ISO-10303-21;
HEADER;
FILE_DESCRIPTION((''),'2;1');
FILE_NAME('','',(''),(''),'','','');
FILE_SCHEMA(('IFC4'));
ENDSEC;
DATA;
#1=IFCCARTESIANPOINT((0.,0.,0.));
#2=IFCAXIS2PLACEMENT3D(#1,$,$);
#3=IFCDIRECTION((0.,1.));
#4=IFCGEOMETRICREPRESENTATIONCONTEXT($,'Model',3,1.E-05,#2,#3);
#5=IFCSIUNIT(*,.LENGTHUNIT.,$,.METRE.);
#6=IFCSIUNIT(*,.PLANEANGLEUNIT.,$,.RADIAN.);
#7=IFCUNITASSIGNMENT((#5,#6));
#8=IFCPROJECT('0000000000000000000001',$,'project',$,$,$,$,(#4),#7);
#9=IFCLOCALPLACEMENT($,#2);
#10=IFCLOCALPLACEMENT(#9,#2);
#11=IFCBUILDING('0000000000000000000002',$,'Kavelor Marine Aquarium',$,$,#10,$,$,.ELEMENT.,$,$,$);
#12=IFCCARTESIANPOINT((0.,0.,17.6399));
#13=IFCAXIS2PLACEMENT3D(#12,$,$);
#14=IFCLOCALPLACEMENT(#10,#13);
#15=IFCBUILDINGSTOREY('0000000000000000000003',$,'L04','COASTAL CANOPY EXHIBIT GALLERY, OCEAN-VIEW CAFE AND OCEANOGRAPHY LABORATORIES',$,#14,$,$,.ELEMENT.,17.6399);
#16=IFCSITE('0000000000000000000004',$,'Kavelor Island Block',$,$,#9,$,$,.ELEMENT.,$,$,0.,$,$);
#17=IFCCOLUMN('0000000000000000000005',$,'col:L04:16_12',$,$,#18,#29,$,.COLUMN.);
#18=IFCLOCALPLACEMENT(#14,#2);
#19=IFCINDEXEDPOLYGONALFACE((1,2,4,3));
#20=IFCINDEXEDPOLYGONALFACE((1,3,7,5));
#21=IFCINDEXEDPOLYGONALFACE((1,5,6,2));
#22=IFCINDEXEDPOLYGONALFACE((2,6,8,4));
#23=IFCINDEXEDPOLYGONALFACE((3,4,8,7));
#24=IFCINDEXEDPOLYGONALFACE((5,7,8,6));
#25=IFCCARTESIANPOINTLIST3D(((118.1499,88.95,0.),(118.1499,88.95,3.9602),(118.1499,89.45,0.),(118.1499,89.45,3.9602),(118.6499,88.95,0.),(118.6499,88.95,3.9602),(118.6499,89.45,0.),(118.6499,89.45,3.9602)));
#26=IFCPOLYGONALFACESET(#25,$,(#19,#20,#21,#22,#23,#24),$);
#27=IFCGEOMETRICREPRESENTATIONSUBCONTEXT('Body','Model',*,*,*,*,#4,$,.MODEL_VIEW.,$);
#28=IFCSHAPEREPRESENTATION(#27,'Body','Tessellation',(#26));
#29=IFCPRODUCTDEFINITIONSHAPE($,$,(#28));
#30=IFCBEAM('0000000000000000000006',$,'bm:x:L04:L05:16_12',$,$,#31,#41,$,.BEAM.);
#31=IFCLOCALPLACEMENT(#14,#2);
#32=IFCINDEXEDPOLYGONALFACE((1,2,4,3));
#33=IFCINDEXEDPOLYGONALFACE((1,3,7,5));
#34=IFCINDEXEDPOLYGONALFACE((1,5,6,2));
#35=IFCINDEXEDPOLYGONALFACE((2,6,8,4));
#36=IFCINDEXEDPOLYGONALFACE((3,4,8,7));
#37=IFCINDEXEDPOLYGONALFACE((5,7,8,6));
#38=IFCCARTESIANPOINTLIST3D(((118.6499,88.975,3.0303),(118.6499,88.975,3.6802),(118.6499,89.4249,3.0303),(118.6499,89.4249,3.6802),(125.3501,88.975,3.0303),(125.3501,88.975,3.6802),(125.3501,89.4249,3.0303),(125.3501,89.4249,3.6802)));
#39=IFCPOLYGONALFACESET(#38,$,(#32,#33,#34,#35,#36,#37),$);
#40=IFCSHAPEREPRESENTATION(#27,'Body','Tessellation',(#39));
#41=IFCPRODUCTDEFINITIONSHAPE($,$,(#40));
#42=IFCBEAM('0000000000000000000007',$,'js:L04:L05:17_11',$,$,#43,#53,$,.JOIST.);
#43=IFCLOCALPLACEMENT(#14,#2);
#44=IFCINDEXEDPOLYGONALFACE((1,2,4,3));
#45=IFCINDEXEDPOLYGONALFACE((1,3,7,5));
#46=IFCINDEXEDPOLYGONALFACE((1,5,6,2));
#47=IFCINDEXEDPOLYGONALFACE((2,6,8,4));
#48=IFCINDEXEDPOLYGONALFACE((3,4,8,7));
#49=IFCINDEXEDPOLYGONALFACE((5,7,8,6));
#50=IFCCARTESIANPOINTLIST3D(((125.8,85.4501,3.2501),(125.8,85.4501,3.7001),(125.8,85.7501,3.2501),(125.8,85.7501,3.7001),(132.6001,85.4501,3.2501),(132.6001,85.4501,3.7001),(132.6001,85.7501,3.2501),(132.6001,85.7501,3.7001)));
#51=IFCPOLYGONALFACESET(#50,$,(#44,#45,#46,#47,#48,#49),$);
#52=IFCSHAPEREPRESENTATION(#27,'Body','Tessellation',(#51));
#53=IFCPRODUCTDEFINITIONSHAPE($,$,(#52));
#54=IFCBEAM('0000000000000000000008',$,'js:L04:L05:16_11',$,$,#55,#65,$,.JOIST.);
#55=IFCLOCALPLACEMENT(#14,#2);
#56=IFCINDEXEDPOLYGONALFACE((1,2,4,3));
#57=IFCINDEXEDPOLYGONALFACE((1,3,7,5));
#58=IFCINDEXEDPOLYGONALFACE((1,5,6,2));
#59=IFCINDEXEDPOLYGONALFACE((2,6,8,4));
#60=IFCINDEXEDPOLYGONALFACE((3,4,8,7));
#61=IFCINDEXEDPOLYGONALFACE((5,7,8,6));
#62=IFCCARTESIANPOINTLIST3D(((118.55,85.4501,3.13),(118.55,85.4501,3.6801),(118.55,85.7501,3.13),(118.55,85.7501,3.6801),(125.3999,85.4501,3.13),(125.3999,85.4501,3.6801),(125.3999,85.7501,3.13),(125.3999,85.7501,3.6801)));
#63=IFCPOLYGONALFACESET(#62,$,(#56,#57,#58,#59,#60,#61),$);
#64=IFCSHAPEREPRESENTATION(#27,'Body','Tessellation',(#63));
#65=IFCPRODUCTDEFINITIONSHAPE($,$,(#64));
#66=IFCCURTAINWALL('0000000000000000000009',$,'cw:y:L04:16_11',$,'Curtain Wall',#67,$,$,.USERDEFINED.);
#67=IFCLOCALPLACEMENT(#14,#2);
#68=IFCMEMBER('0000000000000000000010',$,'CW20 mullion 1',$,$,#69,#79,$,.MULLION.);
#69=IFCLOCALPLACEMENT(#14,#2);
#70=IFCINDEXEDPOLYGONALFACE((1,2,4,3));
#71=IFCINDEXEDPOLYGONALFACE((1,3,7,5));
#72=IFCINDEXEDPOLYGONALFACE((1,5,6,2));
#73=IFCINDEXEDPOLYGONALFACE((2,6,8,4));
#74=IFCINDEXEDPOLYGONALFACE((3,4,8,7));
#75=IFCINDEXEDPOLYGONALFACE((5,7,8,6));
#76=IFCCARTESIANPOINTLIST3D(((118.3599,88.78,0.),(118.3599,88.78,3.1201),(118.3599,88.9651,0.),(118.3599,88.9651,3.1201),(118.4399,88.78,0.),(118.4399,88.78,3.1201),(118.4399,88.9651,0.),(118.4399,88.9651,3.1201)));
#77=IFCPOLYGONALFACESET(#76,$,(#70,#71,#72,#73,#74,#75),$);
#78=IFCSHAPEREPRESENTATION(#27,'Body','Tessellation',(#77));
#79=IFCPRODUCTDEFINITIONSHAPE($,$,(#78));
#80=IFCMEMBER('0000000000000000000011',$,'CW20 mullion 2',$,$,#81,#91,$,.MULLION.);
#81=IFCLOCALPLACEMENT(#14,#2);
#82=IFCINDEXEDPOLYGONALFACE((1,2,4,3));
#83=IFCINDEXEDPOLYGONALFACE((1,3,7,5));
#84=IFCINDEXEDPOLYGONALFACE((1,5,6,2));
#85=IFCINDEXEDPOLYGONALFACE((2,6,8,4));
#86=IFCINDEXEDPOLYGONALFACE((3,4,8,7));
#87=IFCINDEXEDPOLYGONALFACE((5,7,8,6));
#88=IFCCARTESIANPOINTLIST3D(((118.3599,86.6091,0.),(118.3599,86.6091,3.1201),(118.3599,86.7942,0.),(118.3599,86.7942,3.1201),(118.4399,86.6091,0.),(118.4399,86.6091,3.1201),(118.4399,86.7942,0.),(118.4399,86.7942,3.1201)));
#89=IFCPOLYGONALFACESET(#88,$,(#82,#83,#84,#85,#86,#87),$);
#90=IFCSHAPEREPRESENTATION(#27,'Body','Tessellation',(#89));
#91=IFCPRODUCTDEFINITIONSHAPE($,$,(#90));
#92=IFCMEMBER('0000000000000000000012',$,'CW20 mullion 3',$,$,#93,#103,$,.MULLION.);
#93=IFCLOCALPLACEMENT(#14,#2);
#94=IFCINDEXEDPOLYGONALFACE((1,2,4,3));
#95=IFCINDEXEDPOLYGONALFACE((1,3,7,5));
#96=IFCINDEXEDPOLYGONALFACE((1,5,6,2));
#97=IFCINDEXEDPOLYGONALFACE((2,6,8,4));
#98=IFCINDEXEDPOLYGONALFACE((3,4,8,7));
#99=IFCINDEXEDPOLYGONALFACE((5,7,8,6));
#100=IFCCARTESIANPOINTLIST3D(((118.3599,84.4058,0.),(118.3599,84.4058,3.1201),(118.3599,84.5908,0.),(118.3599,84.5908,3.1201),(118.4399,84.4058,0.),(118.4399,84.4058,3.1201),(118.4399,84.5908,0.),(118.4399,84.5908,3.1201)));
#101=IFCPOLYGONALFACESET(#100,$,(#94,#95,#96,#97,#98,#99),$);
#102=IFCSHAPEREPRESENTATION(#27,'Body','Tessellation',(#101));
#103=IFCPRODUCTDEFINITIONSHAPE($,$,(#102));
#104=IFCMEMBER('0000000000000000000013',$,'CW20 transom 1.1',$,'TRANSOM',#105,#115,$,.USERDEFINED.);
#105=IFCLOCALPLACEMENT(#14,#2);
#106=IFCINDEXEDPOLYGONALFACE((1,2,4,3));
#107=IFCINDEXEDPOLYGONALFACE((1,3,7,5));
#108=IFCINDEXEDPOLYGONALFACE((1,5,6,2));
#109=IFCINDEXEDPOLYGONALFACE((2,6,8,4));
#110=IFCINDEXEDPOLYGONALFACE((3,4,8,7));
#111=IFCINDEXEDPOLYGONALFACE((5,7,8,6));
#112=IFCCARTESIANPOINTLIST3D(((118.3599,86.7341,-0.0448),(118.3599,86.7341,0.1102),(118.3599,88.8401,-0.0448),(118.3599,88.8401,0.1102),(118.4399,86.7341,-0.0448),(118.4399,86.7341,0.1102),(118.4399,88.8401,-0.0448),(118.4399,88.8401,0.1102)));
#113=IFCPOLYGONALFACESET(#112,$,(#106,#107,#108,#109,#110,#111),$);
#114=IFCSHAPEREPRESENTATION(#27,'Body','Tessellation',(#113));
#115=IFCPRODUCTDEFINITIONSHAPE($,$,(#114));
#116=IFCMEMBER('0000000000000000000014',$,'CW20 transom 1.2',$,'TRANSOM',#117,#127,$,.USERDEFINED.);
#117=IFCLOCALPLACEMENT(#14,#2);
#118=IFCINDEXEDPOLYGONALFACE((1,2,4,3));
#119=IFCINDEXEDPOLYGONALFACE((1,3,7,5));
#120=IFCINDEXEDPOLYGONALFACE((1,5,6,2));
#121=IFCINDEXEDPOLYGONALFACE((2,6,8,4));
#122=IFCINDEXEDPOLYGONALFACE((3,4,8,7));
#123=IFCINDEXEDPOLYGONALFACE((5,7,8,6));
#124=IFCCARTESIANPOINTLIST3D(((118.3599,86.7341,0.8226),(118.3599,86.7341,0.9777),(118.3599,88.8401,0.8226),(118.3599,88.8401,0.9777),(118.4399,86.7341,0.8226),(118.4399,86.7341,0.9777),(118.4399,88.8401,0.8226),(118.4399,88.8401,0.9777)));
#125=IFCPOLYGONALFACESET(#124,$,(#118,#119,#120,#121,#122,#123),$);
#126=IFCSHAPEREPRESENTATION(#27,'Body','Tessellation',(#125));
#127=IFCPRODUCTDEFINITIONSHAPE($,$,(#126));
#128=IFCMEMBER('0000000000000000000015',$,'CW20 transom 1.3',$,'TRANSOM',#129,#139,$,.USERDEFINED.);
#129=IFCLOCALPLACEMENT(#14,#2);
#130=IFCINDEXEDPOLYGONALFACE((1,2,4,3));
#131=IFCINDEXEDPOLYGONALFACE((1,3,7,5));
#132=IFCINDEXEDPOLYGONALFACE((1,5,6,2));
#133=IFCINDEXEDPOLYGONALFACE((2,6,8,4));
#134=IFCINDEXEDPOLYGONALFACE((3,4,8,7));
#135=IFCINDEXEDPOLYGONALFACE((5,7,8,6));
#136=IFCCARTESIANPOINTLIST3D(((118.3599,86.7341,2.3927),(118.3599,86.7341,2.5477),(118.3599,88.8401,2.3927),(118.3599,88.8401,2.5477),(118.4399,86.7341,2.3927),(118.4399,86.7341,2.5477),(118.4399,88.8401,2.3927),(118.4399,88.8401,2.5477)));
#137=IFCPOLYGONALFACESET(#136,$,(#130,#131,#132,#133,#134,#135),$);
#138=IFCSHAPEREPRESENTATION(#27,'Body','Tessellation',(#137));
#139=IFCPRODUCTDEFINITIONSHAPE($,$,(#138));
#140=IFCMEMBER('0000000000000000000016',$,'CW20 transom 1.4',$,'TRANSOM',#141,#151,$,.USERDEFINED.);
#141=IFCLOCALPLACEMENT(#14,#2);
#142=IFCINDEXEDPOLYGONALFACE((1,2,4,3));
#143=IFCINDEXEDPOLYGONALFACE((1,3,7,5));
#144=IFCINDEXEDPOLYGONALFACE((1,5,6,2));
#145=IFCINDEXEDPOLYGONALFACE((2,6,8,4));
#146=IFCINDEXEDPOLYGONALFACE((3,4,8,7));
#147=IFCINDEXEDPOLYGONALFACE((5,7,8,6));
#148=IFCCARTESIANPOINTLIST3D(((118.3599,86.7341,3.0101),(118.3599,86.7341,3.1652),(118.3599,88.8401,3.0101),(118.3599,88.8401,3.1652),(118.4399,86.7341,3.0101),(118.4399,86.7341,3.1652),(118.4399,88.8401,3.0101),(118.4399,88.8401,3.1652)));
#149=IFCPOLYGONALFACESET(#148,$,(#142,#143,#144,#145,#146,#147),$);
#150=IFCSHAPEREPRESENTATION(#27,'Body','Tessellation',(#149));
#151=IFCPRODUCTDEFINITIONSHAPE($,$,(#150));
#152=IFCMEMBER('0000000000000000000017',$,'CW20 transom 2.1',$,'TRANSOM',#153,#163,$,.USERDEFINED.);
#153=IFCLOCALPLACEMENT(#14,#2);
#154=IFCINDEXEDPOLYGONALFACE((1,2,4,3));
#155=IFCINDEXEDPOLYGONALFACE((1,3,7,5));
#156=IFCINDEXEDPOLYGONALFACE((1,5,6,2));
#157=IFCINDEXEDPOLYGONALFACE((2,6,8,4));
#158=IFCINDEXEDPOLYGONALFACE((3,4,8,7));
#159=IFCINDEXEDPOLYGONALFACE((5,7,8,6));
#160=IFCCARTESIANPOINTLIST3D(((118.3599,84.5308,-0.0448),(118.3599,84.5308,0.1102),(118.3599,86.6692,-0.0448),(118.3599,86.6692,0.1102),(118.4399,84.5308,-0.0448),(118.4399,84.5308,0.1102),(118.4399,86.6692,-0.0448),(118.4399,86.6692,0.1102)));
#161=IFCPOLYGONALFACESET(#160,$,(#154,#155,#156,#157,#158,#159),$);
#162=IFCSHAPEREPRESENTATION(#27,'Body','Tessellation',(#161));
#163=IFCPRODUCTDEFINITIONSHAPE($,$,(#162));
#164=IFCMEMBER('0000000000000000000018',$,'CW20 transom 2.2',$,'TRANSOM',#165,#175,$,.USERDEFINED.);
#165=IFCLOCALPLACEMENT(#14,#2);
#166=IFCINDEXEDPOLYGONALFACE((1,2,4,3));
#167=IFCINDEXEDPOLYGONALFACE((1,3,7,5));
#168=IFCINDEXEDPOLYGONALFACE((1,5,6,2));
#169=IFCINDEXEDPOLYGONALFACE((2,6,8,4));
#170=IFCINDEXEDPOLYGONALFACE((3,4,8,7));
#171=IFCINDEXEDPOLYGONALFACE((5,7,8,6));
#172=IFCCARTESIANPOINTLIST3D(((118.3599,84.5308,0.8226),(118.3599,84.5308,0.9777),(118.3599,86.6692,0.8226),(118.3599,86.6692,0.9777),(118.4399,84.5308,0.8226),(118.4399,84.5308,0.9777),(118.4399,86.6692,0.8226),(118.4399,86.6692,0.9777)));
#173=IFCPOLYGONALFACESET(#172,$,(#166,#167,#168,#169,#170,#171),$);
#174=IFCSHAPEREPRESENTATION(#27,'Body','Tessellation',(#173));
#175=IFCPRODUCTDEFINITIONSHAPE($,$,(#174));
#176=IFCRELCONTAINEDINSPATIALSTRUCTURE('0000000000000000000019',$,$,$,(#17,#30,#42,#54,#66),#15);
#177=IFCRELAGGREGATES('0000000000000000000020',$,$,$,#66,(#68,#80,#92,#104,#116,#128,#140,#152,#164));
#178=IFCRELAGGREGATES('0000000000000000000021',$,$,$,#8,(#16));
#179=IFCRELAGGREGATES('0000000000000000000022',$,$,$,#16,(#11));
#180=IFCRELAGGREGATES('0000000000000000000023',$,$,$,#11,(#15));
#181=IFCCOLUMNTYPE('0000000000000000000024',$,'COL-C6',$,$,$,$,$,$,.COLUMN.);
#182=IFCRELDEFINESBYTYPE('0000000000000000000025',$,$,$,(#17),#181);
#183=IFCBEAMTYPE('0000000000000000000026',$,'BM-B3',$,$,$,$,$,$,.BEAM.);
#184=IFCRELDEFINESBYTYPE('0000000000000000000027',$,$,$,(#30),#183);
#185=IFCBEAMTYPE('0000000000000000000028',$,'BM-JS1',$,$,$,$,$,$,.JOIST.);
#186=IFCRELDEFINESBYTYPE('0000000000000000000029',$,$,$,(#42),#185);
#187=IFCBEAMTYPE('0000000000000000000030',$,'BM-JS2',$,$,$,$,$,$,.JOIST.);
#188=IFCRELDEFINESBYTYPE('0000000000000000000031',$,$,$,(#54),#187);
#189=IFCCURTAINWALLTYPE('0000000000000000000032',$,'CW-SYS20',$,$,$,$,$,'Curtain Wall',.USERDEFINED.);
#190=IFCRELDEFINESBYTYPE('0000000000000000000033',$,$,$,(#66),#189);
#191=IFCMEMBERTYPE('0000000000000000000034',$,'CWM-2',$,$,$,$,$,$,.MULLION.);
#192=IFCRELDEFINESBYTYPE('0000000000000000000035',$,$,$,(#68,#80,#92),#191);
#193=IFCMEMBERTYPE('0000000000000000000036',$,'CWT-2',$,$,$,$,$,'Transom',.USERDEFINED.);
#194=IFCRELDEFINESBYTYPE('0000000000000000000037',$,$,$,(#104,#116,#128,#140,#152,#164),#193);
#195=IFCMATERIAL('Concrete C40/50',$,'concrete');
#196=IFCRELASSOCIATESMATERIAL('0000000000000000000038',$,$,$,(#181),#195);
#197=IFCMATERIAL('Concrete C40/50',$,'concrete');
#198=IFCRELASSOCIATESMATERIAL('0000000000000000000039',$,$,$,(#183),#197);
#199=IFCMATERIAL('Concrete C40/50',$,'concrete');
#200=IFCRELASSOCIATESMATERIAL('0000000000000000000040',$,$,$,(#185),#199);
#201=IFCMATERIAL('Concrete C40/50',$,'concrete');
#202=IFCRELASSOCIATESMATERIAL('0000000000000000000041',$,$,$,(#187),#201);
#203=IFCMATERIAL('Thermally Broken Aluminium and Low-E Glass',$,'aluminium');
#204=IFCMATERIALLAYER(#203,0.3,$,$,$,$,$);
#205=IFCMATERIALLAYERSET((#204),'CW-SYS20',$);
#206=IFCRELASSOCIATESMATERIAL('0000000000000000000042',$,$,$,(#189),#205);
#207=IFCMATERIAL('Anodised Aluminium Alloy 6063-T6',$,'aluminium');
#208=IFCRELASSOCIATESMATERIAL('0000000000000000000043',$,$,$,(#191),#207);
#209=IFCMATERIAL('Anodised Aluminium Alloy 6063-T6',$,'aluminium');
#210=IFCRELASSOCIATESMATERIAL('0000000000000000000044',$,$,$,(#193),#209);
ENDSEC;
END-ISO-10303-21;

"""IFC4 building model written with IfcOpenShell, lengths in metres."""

from ifc_helpers import new_model, si_unit, direction, frame, origin, origin_2d, place, context, subcontext, project, spatial, rectangle, extrude, material, layer, layer_set, material_profile, profile_set, type_object, element, aggregate, save


model = new_model("IFC4")

# Units and contexts
model_context = context("Model", 3, precision=1e-05, world=origin(), true_north=direction((0.0, 1.0)))
body_context = subcontext(model_context, "Body", "Model", "MODEL_VIEW")
ifc_project = project(units=[si_unit("LENGTHUNIT", "METRE"), si_unit("PLANEANGLEUNIT", "RADIAN")], contexts=[model_context])

# Site, building, storey
site_placement = place(None, origin())
site = spatial("IfcSite", under=ifc_project, at=site_placement, Name="Kavelor Island Block", CompositionType="ELEMENT", RefElevation=0.0)
building_placement = place(site_placement, origin())
building = spatial("IfcBuilding", under=site, at=building_placement, Name="Kavelor Marine Aquarium", CompositionType="ELEMENT")
storey_placement = place(building_placement, frame((0.0, 0.0, 17.6399)))
storey = spatial("IfcBuildingStorey", under=building, at=storey_placement, Name="L04", Description="COASTAL CANOPY EXHIBIT GALLERY, OCEAN-VIEW CAFE AND OCEANOGRAPHY LABORATORIES", CompositionType="ELEMENT", Elevation=17.6399)

# Column
ifc_material_1 = material(Name="Concrete C40/50", Category="concrete")
ifc_material_profile_1 = material_profile(ifc_material_1, rectangle(XDim=0.5, YDim=0.5, at=origin_2d()), Name="RC-COL 500x500")
ifc_profile_set_1 = profile_set([ifc_material_profile_1], Name="Concrete C40/50")
column_type = type_object("IfcColumnType", Name="COL-C6", PredefinedType="COLUMN", material=ifc_profile_set_1)
column_placement = place(storey_placement, frame((118.3999, 89.2, 0.0), z_axis=(0.0, 0.0, 1.0), x_axis=(1.0, 0.0, 0.0)))
element("IfcColumn", 1, at=column_placement, inside=storey, type_object=column_type, Name="col:L04:16_12", PredefinedType="COLUMN", context=body_context, shape_type="SweptSolid", body=[
    extrude(rectangle(XDim=0.5, YDim=0.5, at=origin_2d()), origin(), (0.0, 0.0, 1.0), 3.9602),
])

# Beams
ifc_material_2 = material(Name="Concrete C40/50", Category="concrete")
ifc_material_profile_2 = material_profile(ifc_material_2, rectangle(XDim=0.45, YDim=0.6499, at=origin_2d()), Name="RC-BM 450x650")
ifc_profile_set_2 = profile_set([ifc_material_profile_2], Name="Concrete C40/50")
beam_type_1 = type_object("IfcBeamType", Name="BM-B3", PredefinedType="BEAM", material=ifc_profile_set_2)
beam_1_placement = place(storey_placement, frame((118.6499, 89.2, 3.3552), z_axis=(1.0, 0.0, 0.0), x_axis=(0.0, 1.0, 0.0)))
element("IfcBeam", 2, at=beam_1_placement, inside=storey, type_object=beam_type_1, Name="bm:x:L04:L05:16_12", PredefinedType="BEAM", context=body_context, shape_type="SweptSolid", body=[
    extrude(rectangle(XDim=0.45, YDim=0.6499, at=origin_2d()), origin(), (0.0, 0.0, 1.0), 6.7002),
])
ifc_material_3 = material(Name="Concrete C40/50", Category="concrete")
ifc_material_profile_3 = material_profile(ifc_material_3, rectangle(XDim=0.3, YDim=0.45, at=origin_2d()), Name="RC-JS 300x450")
ifc_profile_set_3 = profile_set([ifc_material_profile_3], Name="Concrete C40/50")
beam_type_2 = type_object("IfcBeamType", Name="BM-JS1", PredefinedType="JOIST", material=ifc_profile_set_3)
beam_2_placement = place(storey_placement, frame((125.8, 85.6001, 3.4751), z_axis=(1.0, 0.0, 0.0), x_axis=(0.0, 1.0, 0.0)))
element("IfcBeam", 3, at=beam_2_placement, inside=storey, type_object=beam_type_2, Name="js:L04:L05:17_11", PredefinedType="JOIST", context=body_context, shape_type="SweptSolid", body=[
    extrude(rectangle(XDim=0.3, YDim=0.45, at=origin_2d()), origin(), (0.0, 0.0, 1.0), 6.8),
])
ifc_material_4 = material(Name="Concrete C40/50", Category="concrete")
ifc_material_profile_4 = material_profile(ifc_material_4, rectangle(XDim=0.3, YDim=0.55, at=origin_2d()), Name="RC-JS 300x550")
ifc_profile_set_4 = profile_set([ifc_material_profile_4], Name="Concrete C40/50")
beam_type_3 = type_object("IfcBeamType", Name="BM-JS2", PredefinedType="JOIST", material=ifc_profile_set_4)
beam_3_placement = place(storey_placement, frame((118.55, 85.6001, 3.405), z_axis=(1.0, 0.0, 0.0), x_axis=(0.0, 1.0, 0.0)))
element("IfcBeam", 4, at=beam_3_placement, inside=storey, type_object=beam_type_3, Name="js:L04:L05:16_11", PredefinedType="JOIST", context=body_context, shape_type="SweptSolid", body=[
    extrude(rectangle(XDim=0.3, YDim=0.55, at=origin_2d()), origin(), (0.0, 0.0, 1.0), 6.8499),
])

# Curtain wall, members
ifc_material_5 = material(Name="Thermally Broken Aluminium and Low-E Glass", Category="aluminium")
ifc_layer_1 = layer(ifc_material_5, 0.3)
ifc_layer_set_1 = layer_set([ifc_layer_1], Name="CW-SYS20")
curtain_wall_type = type_object("IfcCurtainWallType", Name="CW-SYS20", ElementType="Curtain Wall", PredefinedType="USERDEFINED", material=ifc_layer_set_1)
curtain_wall_placement = place(storey_placement, origin())
curtain_wall = element("IfcCurtainWall", 5, at=curtain_wall_placement, inside=storey, type_object=curtain_wall_type, Name="cw:y:L04:16_11", ObjectType="Curtain Wall", PredefinedType="USERDEFINED")
ifc_material_6 = material(Name="Anodised Aluminium Alloy 6063-T6", Category="aluminium")
ifc_material_profile_5 = material_profile(ifc_material_6, rectangle(XDim=0.0801, YDim=0.1851, at=origin_2d()), Name="CW-MUL 80x185")
ifc_profile_set_5 = profile_set([ifc_material_profile_5], Name="Anodised Aluminium Alloy 6063-T6")
member_type_1 = type_object("IfcMemberType", Name="CWM-2", PredefinedType="MULLION", material=ifc_profile_set_5)
member_1_placement = place(storey_placement, frame((118.3999, 88.8726, 0.0), z_axis=(0.0, 0.0, 1.0), x_axis=(1.0, 0.0, 0.0)))
member_1 = element("IfcMember", 6, at=member_1_placement, type_object=member_type_1, Name="CW20 mullion 1", PredefinedType="MULLION", context=body_context, shape_type="SweptSolid", body=[
    extrude(rectangle(XDim=0.0801, YDim=0.1851, at=origin_2d()), origin(), (0.0, 0.0, 1.0), 3.1201),
])
member_2_placement = place(storey_placement, frame((118.3999, 86.7017, 0.0), z_axis=(0.0, 0.0, 1.0), x_axis=(1.0, 0.0, 0.0)))
member_2 = element("IfcMember", 7, at=member_2_placement, type_object=member_type_1, Name="CW20 mullion 2", PredefinedType="MULLION", context=body_context, shape_type="SweptSolid", body=[
    extrude(rectangle(XDim=0.0801, YDim=0.1851, at=origin_2d()), origin(), (0.0, 0.0, 1.0), 3.1201),
])
member_3_placement = place(storey_placement, frame((118.3999, 84.4983, 0.0), z_axis=(0.0, 0.0, 1.0), x_axis=(1.0, 0.0, 0.0)))
member_3 = element("IfcMember", 8, at=member_3_placement, type_object=member_type_1, Name="CW20 mullion 3", PredefinedType="MULLION", context=body_context, shape_type="SweptSolid", body=[
    extrude(rectangle(XDim=0.0801, YDim=0.1851, at=origin_2d()), origin(), (0.0, 0.0, 1.0), 3.1201),
])
ifc_material_7 = material(Name="Anodised Aluminium Alloy 6063-T6", Category="aluminium")
ifc_material_profile_6 = material_profile(ifc_material_7, rectangle(XDim=0.0801, YDim=0.155, at=origin_2d()), Name="CW-TRN 80x155")
ifc_profile_set_6 = profile_set([ifc_material_profile_6], Name="Anodised Aluminium Alloy 6063-T6")
member_type_2 = type_object("IfcMemberType", Name="CWT-2", ElementType="Transom", PredefinedType="USERDEFINED", material=ifc_profile_set_6)
member_4_placement = place(storey_placement, frame((118.3999, 88.8401, 0.0327), z_axis=(0.0, -1.0, 0.0), x_axis=(1.0, 0.0, 0.0)))
member_4 = element("IfcMember", 9, at=member_4_placement, type_object=member_type_2, Name="CW20 transom 1.1", ObjectType="TRANSOM", PredefinedType="USERDEFINED", context=body_context, shape_type="SweptSolid", body=[
    extrude(rectangle(XDim=0.0801, YDim=0.155, at=origin_2d()), origin(), (0.0, 0.0, 1.0), 2.106),
])
member_5_placement = place(storey_placement, frame((118.3999, 88.8401, 0.9001), z_axis=(0.0, -1.0, 0.0), x_axis=(1.0, 0.0, 0.0)))
member_5 = element("IfcMember", 10, at=member_5_placement, type_object=member_type_2, Name="CW20 transom 1.2", ObjectType="TRANSOM", PredefinedType="USERDEFINED", context=body_context, shape_type="SweptSolid", body=[
    extrude(rectangle(XDim=0.0801, YDim=0.155, at=origin_2d()), origin(), (0.0, 0.0, 1.0), 2.106),
])
member_6_placement = place(storey_placement, frame((118.3999, 88.8401, 2.4702), z_axis=(0.0, -1.0, 0.0), x_axis=(1.0, 0.0, 0.0)))
member_6 = element("IfcMember", 11, at=member_6_placement, type_object=member_type_2, Name="CW20 transom 1.3", ObjectType="TRANSOM", PredefinedType="USERDEFINED", context=body_context, shape_type="SweptSolid", body=[
    extrude(rectangle(XDim=0.0801, YDim=0.155, at=origin_2d()), origin(), (0.0, 0.0, 1.0), 2.106),
])
member_7_placement = place(storey_placement, frame((118.3999, 88.8401, 3.0876), z_axis=(0.0, -1.0, 0.0), x_axis=(1.0, 0.0, 0.0)))
member_7 = element("IfcMember", 12, at=member_7_placement, type_object=member_type_2, Name="CW20 transom 1.4", ObjectType="TRANSOM", PredefinedType="USERDEFINED", context=body_context, shape_type="SweptSolid", body=[
    extrude(rectangle(XDim=0.0801, YDim=0.155, at=origin_2d()), origin(), (0.0, 0.0, 1.0), 2.106),
])
member_8_placement = place(storey_placement, frame((118.3999, 86.6692, 0.0327), z_axis=(0.0, -1.0, 0.0), x_axis=(1.0, 0.0, 0.0)))
member_8 = element("IfcMember", 13, at=member_8_placement, type_object=member_type_2, Name="CW20 transom 2.1", ObjectType="TRANSOM", PredefinedType="USERDEFINED", context=body_context, shape_type="SweptSolid", body=[
    extrude(rectangle(XDim=0.0801, YDim=0.155, at=origin_2d()), origin(), (0.0, 0.0, 1.0), 2.1384),
])
member_9_placement = place(storey_placement, frame((118.3999, 86.6692, 0.9001), z_axis=(0.0, -1.0, 0.0), x_axis=(1.0, 0.0, 0.0)))
member_9 = element("IfcMember", 14, at=member_9_placement, type_object=member_type_2, Name="CW20 transom 2.2", ObjectType="TRANSOM", PredefinedType="USERDEFINED", context=body_context, shape_type="SweptSolid", body=[
    extrude(rectangle(XDim=0.0801, YDim=0.155, at=origin_2d()), origin(), (0.0, 0.0, 1.0), 2.1384),
])
aggregate(curtain_wall, [member_1, member_2, member_3, member_4, member_5, member_6, member_7, member_8, member_9])

save(model, "model.ifc")
